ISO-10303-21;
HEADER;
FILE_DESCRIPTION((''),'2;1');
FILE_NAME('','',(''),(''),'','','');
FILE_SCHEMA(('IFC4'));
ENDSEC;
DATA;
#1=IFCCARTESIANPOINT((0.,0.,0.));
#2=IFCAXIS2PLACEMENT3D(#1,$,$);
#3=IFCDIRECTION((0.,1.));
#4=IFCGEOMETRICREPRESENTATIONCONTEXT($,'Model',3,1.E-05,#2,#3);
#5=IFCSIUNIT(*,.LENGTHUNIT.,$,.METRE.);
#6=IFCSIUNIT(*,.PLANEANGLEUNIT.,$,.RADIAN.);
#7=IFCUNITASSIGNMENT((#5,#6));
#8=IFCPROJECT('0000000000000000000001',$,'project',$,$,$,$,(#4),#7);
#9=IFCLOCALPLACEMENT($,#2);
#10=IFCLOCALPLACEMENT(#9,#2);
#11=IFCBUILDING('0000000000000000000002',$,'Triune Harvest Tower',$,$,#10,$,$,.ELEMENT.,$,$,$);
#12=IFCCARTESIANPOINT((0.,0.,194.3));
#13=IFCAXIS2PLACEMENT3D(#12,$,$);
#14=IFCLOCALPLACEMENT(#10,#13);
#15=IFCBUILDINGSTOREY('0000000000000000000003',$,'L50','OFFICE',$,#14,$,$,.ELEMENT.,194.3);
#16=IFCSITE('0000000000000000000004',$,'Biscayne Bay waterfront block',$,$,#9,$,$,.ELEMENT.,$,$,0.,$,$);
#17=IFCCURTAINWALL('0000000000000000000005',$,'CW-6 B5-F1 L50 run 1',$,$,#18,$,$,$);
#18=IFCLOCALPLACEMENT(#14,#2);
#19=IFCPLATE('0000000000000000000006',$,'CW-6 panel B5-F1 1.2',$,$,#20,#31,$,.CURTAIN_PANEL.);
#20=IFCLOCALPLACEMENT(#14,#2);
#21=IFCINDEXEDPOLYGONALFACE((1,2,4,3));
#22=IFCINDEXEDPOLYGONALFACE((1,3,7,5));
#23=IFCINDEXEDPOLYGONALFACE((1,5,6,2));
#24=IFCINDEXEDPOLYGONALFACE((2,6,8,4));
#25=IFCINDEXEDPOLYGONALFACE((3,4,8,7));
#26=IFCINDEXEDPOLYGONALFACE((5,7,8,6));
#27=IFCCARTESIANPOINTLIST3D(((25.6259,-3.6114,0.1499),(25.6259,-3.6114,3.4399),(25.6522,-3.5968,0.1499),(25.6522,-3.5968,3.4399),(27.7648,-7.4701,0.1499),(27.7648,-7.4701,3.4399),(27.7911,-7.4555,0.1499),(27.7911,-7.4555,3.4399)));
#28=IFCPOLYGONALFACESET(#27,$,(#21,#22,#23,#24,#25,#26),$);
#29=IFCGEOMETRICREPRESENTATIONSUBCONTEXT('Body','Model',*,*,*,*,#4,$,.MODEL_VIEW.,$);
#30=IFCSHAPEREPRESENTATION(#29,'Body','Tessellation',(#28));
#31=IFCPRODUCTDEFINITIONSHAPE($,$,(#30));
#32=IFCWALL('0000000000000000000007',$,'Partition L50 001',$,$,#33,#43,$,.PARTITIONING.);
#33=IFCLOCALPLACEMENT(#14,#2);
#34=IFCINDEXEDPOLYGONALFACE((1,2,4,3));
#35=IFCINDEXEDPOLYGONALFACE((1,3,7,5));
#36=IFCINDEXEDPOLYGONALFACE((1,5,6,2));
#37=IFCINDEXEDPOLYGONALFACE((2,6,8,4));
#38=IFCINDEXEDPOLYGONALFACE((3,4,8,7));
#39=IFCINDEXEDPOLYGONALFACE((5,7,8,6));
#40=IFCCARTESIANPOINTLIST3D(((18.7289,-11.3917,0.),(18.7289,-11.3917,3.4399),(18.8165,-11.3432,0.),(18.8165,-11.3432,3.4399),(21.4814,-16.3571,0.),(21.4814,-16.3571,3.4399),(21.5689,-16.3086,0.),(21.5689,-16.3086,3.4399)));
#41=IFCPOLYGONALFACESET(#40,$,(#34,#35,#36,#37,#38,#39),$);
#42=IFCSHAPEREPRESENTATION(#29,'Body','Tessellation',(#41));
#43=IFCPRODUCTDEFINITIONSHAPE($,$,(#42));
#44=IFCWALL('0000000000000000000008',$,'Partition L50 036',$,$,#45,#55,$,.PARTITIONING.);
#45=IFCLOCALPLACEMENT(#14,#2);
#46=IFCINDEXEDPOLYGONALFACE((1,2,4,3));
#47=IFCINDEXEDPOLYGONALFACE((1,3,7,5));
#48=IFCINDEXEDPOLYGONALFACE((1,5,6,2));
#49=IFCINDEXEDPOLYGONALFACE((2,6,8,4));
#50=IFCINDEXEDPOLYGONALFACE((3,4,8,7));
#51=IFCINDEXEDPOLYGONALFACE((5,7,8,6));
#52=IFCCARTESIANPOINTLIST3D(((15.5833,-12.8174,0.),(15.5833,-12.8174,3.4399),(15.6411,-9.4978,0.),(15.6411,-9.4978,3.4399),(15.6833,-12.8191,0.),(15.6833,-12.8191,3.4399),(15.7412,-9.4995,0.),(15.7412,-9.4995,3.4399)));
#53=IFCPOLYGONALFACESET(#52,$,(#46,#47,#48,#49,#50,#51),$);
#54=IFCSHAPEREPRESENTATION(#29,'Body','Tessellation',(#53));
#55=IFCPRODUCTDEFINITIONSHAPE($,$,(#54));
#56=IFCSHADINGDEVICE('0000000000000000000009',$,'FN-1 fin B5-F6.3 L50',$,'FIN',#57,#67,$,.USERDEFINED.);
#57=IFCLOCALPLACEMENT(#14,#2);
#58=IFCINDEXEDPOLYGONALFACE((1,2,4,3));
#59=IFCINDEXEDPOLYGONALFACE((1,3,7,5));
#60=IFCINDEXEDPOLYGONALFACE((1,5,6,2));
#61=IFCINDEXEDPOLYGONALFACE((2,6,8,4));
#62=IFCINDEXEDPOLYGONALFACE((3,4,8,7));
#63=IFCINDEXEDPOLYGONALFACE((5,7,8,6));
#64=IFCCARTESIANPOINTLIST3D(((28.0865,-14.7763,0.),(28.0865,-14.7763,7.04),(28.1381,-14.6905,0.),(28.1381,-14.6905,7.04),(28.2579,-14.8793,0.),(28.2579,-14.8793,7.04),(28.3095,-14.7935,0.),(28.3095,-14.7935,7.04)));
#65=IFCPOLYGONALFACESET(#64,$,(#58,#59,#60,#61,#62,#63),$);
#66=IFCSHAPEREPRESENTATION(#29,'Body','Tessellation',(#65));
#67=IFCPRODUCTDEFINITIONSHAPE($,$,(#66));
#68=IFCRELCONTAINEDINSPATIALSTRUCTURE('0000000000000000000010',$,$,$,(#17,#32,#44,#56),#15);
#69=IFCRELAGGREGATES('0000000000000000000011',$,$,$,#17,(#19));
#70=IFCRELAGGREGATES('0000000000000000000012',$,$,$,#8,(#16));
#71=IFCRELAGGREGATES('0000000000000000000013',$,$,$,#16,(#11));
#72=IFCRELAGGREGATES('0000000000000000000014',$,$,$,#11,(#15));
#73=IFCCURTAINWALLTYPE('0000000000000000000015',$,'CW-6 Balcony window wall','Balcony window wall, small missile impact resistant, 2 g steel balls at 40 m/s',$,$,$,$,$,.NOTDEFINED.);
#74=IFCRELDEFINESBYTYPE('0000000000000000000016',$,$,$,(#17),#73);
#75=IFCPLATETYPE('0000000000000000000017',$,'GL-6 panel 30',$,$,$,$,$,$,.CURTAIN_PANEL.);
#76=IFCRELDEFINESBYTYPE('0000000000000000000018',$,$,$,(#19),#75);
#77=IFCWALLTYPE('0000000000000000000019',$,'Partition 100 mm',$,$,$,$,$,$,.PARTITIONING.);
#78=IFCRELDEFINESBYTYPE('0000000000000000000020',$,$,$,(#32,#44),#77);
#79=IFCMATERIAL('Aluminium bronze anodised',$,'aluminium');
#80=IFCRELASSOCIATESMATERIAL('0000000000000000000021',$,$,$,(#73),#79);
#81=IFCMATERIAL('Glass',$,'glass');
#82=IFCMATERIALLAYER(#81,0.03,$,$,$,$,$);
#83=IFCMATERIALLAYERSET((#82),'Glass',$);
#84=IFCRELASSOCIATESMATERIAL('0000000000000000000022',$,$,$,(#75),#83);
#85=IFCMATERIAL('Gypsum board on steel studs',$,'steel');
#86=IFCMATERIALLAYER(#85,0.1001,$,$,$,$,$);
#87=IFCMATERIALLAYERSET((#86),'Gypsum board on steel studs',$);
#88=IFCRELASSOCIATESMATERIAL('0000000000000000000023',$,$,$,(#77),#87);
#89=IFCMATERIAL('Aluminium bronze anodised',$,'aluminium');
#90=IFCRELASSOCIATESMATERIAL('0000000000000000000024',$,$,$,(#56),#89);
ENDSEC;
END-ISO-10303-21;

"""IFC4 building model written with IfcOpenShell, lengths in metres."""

from ifc_helpers import new_model, si_unit, direction, frame, frame_2d, origin, origin_2d, place, context, subcontext, project, spatial, rectangle, extrude, source, transform, mapped, material, layer, layer_set, type_object, element, aggregate, save


model = new_model("IFC4")

# Units and contexts
model_context = context("Model", 3, precision=1e-05, world=origin(), true_north=direction((0.0, 1.0)))
body_context = subcontext(model_context, "Body", "Model", "MODEL_VIEW")
ifc_project = project(units=[si_unit("LENGTHUNIT", "METRE"), si_unit("PLANEANGLEUNIT", "RADIAN")], contexts=[model_context])

# Site, building, storey
site_placement = place(None, origin())
site = spatial("IfcSite", under=ifc_project, at=site_placement, Name="Biscayne Bay waterfront block", CompositionType="ELEMENT", RefElevation=0.0)
building_placement = place(site_placement, origin())
building = spatial("IfcBuilding", under=site, at=building_placement, Name="Triune Harvest Tower", CompositionType="ELEMENT")
storey_placement = place(building_placement, frame((0.0, 0.0, 194.3)))
storey = spatial("IfcBuildingStorey", under=building, at=storey_placement, Name="L50", Description="OFFICE", CompositionType="ELEMENT", Elevation=194.3)

# Curtain wall
ifc_material_1 = material(Name="Aluminium bronze anodised", Category="aluminium")
curtain_wall_type_1 = type_object("IfcCurtainWallType", Name="CW-6 Balcony window wall", Description="Balcony window wall, small missile impact resistant, 2 g steel balls at 40 m/s", PredefinedType="NOTDEFINED", material=ifc_material_1)
curtain_wall_1_placement = place(storey_placement, origin())
curtain_wall_1 = element("IfcCurtainWall", 1, at=curtain_wall_1_placement, inside=storey, type_object=curtain_wall_type_1, Name="CW-6 B5-F1 L50 run 1")

# Plate
ifc_material_2 = material(Name="Glass", Category="glass")
ifc_layer_1 = layer(ifc_material_2, 0.03)
ifc_layer_set_1 = layer_set([ifc_layer_1], Name="Glass")
plate_type_1 = type_object("IfcPlateType", Name="GL-6 panel 30", PredefinedType="CURTAIN_PANEL", material=ifc_layer_set_1)
shared_shape_1 = source(origin(), body_context, "Body", "SweptSolid", [
    extrude(rectangle(XDim=4.4119, YDim=0.03, at=origin_2d()), origin(), (0.0, 0.0, 1.0), 3.29),
])
plate_1_placement = place(storey_placement, frame((26.7085, -5.5334, 0.1499), z_axis=(0.0, 0.0, 1.0), x_axis=(-0.484806, 0.874622, 0.0)))
plate_1 = element("IfcPlate", 2, at=plate_1_placement, type_object=plate_type_1, Name="CW-6 panel B5-F1 1.2", PredefinedType="CURTAIN_PANEL", context=body_context, shape_type="MappedRepresentation", body=[
    mapped(shared_shape_1, transform((0.0, 0.0, 0.0), scale=1.0)),
])
aggregate(curtain_wall_1, [plate_1])

# Walls
ifc_material_3 = material(Name="Gypsum board on steel studs", Category="steel")
ifc_layer_2 = layer(ifc_material_3, 0.1001)
ifc_layer_set_2 = layer_set([ifc_layer_2], Name="Gypsum board on steel studs")
wall_type = type_object("IfcWallType", Name="Partition 100 mm", PredefinedType="PARTITIONING", material=ifc_layer_set_2)
wall_1_placement = place(storey_placement, frame((18.7727, -11.3674, 0.0), z_axis=(0.0, 0.0, 1.0), x_axis=(0.484825, -0.874611, 0.0)))
element("IfcWall", 3, at=wall_1_placement, inside=storey, type_object=wall_type, Name="Partition L50 001", PredefinedType="PARTITIONING", context=body_context, shape_type="SweptSolid", body=[
    extrude(rectangle(XDim=5.6772, YDim=0.1001, at=frame_2d((2.8386, 0.0))), origin(), (0.0, 0.0, 1.0), 3.4399),
])
wall_2_placement = place(storey_placement, frame((15.6333, -12.8184, 0.0), z_axis=(0.0, 0.0, 1.0), x_axis=(0.017428, 0.999848, 0.0)))
element("IfcWall", 4, at=wall_2_placement, inside=storey, type_object=wall_type, Name="Partition L50 036", PredefinedType="PARTITIONING", context=body_context, shape_type="SweptSolid", body=[
    extrude(rectangle(XDim=3.3201, YDim=0.1001, at=frame_2d((1.6602, 0.0))), origin(), (0.0, 0.0, 1.0), 3.4399),
])

# Shading device
ifc_material_4 = material(Name="Aluminium bronze anodised", Category="aluminium")
shared_shape_2 = source(origin(), body_context, "Body", "SweptSolid", [
    extrude(rectangle(XDim=0.1001, YDim=0.2, at=origin_2d()), origin(), (0.0, 0.0, 1.0), 7.04),
])
shading_device_placement = place(storey_placement, frame((28.198, -14.7849, 0.0), z_axis=(0.0, 0.0, 1.0), x_axis=(0.515037, 0.857168, 0.0)))
element("IfcShadingDevice", 5, at=shading_device_placement, inside=storey, material=ifc_material_4, Name="FN-1 fin B5-F6.3 L50", ObjectType="FIN", PredefinedType="USERDEFINED", context=body_context, shape_type="MappedRepresentation", body=[
    mapped(shared_shape_2, transform((0.0, 0.0, 0.0), scale=1.0)),
])

save(model, "model.ifc")
